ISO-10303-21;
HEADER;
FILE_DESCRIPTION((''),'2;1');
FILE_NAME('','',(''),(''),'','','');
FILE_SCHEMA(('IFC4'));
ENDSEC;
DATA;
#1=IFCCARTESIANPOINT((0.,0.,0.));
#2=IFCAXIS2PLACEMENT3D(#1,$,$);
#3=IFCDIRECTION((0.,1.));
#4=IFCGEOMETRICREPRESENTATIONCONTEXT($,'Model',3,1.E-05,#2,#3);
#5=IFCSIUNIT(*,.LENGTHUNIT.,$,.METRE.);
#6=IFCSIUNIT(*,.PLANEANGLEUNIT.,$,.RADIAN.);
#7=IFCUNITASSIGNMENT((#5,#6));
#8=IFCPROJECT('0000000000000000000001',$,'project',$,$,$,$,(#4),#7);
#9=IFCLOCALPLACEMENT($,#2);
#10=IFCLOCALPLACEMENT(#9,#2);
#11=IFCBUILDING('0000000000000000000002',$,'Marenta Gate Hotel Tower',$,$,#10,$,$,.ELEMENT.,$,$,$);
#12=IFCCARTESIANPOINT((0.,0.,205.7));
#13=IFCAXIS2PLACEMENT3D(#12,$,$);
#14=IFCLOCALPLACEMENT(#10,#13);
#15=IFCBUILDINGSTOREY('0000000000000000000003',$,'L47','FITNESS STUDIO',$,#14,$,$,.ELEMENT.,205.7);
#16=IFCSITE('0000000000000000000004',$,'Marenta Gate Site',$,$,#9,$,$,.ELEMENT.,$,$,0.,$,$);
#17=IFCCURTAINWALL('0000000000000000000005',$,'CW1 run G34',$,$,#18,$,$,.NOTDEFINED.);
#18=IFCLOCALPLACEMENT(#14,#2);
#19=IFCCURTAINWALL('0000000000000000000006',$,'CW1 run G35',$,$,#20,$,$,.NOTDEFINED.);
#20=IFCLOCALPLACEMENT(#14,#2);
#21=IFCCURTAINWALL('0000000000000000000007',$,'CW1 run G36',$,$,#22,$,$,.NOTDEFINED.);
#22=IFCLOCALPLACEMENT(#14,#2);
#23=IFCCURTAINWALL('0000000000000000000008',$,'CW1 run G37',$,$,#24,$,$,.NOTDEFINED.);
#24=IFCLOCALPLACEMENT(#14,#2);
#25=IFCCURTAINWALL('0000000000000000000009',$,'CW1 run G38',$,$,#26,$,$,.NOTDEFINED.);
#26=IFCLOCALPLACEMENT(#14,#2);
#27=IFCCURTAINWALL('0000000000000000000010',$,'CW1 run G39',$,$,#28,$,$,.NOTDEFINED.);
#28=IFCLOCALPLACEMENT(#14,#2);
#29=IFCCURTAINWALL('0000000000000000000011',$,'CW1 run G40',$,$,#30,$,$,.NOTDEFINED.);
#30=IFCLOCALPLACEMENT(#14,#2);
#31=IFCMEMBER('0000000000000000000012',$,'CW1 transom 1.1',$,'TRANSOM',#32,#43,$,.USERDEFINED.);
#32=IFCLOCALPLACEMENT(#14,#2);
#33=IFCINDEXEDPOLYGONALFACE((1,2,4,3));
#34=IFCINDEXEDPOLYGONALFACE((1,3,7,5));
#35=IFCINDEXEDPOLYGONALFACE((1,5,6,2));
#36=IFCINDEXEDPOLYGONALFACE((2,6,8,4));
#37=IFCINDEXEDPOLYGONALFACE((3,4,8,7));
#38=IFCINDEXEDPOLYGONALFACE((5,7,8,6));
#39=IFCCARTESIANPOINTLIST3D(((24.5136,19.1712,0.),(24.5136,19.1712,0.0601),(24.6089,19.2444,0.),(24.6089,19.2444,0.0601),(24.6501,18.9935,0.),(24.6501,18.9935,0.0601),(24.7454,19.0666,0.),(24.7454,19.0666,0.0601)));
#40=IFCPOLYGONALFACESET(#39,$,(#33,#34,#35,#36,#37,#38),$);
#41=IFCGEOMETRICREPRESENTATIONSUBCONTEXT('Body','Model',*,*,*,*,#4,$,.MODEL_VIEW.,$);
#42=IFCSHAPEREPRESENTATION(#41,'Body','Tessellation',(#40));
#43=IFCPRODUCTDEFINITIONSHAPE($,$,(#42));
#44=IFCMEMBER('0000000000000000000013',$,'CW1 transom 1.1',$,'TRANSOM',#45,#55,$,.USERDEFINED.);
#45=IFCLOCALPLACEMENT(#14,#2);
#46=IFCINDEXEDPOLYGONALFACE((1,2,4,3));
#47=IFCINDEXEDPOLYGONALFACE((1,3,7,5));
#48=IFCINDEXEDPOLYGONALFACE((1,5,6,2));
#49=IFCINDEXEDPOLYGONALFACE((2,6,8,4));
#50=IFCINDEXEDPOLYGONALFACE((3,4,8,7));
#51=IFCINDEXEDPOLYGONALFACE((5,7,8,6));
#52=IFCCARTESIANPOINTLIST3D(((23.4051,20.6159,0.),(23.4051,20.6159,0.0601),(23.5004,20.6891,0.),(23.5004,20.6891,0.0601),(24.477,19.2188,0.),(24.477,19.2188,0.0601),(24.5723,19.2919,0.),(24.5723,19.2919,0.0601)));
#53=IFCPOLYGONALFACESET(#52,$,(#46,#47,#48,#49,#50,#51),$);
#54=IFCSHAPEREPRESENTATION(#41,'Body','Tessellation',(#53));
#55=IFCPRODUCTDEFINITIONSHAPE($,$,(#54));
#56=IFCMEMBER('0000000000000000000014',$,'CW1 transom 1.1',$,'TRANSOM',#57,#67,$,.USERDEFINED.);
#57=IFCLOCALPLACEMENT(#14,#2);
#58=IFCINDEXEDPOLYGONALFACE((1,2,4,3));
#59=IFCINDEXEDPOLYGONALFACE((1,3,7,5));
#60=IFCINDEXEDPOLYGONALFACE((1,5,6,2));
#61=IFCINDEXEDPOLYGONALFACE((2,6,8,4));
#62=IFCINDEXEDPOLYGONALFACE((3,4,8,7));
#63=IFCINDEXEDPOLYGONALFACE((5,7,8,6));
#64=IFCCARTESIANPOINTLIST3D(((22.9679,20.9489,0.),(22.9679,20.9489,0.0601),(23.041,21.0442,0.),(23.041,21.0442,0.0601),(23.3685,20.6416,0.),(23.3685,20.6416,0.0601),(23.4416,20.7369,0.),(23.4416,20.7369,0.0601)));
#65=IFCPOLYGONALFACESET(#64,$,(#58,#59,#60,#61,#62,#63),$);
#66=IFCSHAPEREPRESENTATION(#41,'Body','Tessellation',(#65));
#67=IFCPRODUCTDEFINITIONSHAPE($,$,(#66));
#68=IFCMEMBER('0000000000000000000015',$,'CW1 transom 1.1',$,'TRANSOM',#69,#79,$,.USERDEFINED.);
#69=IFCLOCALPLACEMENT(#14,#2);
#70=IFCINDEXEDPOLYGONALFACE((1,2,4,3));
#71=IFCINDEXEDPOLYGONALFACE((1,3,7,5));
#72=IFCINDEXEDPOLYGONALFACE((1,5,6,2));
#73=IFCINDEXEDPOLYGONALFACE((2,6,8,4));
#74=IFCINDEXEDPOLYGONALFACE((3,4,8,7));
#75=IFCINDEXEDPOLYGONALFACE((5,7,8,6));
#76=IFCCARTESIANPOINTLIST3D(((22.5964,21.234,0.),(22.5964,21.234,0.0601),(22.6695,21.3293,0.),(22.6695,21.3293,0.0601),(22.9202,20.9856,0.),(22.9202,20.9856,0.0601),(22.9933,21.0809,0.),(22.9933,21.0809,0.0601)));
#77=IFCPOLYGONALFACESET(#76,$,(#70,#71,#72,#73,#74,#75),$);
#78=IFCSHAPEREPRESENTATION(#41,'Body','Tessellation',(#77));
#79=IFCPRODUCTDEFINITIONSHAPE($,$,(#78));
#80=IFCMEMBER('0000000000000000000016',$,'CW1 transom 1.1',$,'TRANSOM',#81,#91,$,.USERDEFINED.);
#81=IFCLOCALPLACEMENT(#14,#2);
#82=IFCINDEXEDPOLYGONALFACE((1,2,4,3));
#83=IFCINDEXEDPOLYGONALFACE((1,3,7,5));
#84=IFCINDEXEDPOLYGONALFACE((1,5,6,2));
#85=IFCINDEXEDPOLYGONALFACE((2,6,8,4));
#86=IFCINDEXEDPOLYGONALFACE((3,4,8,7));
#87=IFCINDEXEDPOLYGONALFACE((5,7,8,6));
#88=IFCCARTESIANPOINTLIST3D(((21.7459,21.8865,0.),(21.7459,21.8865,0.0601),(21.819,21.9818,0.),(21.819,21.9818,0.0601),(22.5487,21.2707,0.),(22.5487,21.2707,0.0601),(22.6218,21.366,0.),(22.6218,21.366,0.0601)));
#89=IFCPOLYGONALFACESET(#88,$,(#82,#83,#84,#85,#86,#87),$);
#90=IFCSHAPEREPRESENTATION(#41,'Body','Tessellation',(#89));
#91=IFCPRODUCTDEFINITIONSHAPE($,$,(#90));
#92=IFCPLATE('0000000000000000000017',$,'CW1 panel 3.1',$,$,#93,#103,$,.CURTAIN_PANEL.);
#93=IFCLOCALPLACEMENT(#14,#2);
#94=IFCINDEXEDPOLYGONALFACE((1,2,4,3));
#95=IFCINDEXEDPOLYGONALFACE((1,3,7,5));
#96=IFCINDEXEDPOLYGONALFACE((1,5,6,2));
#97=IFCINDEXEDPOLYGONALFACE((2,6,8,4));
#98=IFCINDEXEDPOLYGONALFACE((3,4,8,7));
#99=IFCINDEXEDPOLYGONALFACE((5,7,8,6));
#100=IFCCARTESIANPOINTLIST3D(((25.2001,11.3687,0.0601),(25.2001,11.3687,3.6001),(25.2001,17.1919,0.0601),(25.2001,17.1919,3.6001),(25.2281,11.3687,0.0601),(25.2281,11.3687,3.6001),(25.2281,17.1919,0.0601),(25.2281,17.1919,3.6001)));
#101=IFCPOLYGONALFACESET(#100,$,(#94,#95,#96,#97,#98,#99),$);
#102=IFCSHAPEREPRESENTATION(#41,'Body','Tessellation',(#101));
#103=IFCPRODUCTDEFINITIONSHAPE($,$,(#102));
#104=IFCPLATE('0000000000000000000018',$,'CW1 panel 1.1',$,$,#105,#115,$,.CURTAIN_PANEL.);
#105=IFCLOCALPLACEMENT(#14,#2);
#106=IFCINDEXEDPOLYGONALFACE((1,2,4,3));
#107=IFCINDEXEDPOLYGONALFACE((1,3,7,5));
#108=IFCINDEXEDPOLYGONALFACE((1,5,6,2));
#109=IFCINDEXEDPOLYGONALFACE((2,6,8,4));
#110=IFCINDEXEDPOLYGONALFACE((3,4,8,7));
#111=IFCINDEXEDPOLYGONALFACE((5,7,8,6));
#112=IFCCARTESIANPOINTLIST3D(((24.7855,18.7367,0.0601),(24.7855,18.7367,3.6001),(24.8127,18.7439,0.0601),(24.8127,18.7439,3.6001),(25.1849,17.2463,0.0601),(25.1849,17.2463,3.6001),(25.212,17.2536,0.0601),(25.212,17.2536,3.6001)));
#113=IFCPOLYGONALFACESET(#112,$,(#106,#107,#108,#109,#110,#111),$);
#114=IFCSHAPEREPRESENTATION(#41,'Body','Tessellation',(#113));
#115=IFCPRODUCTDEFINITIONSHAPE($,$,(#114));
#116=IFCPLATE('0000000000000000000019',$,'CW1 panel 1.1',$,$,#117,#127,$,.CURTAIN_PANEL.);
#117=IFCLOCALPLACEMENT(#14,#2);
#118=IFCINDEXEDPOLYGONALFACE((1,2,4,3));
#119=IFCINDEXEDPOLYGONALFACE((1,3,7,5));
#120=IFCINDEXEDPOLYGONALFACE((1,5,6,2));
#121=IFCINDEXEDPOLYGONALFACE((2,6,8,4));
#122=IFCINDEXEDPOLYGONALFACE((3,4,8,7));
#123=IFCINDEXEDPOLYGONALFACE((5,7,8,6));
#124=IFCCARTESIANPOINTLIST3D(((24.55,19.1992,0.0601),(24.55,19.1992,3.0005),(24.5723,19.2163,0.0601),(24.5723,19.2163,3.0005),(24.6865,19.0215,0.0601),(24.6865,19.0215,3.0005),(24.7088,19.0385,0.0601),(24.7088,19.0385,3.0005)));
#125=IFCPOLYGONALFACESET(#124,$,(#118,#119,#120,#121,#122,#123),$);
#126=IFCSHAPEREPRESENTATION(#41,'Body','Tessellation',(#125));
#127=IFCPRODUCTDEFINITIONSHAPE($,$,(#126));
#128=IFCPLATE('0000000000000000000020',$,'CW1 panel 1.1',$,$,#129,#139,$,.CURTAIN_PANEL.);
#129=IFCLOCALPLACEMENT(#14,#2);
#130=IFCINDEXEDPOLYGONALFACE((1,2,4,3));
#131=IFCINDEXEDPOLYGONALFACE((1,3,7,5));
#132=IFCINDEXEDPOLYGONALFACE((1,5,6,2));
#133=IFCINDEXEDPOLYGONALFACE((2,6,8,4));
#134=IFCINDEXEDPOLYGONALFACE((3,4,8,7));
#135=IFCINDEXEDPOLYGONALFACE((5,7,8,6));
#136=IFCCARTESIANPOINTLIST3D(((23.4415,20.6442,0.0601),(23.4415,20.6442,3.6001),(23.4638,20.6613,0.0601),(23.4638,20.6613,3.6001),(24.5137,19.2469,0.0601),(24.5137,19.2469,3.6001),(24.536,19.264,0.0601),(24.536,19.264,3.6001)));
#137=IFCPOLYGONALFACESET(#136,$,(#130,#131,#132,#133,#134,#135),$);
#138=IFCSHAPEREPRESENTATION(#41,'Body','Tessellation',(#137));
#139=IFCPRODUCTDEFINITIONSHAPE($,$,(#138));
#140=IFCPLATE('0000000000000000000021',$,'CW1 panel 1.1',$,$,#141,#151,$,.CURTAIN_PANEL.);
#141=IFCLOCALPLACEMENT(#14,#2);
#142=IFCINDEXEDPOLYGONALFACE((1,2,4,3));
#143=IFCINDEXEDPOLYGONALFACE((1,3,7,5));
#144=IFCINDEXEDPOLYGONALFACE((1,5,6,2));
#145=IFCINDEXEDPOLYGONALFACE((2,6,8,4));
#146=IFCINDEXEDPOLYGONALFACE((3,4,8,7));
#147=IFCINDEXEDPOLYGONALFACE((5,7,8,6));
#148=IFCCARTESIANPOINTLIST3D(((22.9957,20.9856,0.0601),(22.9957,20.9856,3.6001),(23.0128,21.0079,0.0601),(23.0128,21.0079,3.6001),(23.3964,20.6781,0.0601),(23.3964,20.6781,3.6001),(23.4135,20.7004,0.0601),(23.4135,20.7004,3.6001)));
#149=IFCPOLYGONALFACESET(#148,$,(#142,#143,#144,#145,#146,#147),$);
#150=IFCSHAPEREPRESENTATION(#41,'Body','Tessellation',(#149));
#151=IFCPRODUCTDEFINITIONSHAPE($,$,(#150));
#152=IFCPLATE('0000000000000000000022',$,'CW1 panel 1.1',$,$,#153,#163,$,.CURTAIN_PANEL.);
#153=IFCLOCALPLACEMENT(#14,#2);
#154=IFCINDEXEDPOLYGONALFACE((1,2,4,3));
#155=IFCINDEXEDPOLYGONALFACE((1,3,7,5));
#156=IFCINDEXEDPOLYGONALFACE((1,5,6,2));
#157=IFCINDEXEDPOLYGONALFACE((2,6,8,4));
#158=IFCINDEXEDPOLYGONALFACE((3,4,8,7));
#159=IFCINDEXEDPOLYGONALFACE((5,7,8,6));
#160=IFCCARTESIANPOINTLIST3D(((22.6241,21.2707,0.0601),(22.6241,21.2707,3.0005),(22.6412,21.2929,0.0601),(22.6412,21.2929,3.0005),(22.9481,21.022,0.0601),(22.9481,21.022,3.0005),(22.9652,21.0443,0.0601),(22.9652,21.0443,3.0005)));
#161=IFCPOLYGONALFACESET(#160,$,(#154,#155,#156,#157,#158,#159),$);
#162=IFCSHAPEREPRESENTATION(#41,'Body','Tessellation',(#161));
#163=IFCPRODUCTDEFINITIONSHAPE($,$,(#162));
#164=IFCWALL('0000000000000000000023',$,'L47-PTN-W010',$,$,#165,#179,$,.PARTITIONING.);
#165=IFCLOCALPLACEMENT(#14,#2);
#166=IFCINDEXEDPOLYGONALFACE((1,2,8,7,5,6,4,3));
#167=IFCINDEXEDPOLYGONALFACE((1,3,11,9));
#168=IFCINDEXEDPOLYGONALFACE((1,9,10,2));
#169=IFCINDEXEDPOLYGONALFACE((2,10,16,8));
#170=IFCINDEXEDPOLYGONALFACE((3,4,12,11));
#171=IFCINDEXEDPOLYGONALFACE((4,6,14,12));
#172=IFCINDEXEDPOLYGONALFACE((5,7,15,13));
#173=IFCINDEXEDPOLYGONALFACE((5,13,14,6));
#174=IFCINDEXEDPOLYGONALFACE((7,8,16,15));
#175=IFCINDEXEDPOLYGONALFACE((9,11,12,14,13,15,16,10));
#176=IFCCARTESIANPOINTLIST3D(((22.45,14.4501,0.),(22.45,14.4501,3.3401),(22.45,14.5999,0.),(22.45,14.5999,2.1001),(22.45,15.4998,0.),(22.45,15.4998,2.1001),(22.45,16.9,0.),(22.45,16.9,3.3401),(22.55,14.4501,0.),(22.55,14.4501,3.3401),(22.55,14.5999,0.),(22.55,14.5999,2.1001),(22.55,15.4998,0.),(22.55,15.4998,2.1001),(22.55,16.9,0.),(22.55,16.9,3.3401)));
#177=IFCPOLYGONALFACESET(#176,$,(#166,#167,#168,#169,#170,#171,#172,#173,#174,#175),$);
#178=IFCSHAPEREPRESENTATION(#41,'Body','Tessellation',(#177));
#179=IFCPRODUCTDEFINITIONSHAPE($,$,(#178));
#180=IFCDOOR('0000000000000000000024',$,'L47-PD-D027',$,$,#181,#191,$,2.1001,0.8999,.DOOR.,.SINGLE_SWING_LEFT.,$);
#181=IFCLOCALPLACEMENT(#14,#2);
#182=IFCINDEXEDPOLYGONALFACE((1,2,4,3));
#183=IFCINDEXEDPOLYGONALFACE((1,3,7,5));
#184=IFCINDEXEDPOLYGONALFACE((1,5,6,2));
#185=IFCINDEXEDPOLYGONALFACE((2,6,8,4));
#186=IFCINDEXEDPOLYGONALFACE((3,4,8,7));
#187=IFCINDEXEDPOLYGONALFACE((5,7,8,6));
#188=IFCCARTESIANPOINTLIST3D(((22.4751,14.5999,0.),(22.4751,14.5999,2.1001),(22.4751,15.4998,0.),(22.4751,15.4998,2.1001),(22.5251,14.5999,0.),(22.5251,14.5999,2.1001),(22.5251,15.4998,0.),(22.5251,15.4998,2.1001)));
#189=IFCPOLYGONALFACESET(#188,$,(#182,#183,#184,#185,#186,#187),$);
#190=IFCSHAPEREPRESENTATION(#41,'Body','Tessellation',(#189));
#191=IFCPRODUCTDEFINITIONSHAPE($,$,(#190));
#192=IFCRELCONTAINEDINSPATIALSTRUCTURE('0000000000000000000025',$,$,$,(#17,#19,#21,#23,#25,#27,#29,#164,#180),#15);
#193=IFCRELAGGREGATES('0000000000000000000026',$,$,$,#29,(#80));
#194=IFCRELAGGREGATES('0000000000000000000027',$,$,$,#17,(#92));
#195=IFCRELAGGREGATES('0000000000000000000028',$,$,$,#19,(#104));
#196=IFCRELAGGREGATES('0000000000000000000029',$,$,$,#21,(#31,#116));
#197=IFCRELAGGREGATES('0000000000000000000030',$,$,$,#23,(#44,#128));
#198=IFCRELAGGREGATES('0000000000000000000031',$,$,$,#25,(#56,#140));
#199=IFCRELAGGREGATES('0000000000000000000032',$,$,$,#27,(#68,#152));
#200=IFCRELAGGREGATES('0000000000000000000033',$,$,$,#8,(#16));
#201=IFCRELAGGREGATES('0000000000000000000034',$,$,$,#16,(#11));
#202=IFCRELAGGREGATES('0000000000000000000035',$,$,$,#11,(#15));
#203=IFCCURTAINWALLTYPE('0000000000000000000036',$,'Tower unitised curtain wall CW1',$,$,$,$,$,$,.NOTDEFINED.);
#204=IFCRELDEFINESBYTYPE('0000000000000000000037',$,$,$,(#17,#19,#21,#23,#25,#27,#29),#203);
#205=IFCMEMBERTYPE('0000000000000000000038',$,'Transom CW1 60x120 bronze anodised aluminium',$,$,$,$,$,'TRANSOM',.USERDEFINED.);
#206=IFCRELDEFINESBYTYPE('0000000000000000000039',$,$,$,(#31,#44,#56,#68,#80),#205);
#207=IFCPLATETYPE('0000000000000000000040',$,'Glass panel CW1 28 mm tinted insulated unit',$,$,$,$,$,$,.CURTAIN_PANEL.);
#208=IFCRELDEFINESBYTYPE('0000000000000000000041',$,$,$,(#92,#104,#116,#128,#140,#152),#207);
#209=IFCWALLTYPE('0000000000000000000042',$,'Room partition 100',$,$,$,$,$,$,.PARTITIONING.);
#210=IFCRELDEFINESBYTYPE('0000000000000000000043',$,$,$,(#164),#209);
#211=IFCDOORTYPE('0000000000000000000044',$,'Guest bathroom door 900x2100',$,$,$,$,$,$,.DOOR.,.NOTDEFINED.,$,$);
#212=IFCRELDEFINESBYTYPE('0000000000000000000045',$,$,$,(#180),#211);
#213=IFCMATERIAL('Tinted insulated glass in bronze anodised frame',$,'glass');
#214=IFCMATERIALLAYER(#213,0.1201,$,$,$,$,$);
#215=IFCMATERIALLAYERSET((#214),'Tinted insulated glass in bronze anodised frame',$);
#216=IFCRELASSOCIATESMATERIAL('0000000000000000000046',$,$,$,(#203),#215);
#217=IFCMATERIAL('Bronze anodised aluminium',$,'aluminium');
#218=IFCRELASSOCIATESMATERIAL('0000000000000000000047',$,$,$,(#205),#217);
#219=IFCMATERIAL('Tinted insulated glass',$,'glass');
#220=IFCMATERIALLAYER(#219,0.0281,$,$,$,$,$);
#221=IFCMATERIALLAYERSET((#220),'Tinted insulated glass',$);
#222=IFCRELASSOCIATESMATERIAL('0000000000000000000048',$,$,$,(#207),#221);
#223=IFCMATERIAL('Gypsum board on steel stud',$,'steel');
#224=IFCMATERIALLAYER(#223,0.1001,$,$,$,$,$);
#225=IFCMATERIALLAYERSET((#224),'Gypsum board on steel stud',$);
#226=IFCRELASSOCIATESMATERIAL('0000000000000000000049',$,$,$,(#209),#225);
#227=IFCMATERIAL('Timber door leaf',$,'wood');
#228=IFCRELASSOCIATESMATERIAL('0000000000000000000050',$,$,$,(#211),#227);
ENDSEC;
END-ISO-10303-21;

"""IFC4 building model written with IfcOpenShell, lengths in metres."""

from ifc_helpers import new_model, si_unit, direction, frame, frame_2d, origin, origin_2d, place, context, subcontext, project, spatial, rectangle, extrude, material, layer, layer_set, material_profile, profile_set, type_object, element, fill, aggregate, save


model = new_model("IFC4")

# Units and contexts
model_context = context("Model", 3, precision=1e-05, world=origin(), true_north=direction((0.0, 1.0)))
body_context = subcontext(model_context, "Body", "Model", "MODEL_VIEW")
ifc_project = project(units=[si_unit("LENGTHUNIT", "METRE"), si_unit("PLANEANGLEUNIT", "RADIAN")], contexts=[model_context])

# Site, building, storey
site_placement = place(None, origin())
site = spatial("IfcSite", under=ifc_project, at=site_placement, Name="Marenta Gate Site", CompositionType="ELEMENT", RefElevation=0.0)
building_placement = place(site_placement, origin())
building = spatial("IfcBuilding", under=site, at=building_placement, Name="Marenta Gate Hotel Tower", CompositionType="ELEMENT")
storey_placement = place(building_placement, frame((0.0, 0.0, 205.7)))
storey = spatial("IfcBuildingStorey", under=building, at=storey_placement, Name="L47", Description="FITNESS STUDIO", CompositionType="ELEMENT", Elevation=205.7)

# Curtain wall
ifc_material_1 = material(Name="Tinted insulated glass in bronze anodised frame", Category="glass")
ifc_layer_1 = layer(ifc_material_1, 0.1201)
ifc_layer_set_1 = layer_set([ifc_layer_1], Name="Tinted insulated glass in bronze anodised frame")
curtain_wall_type = type_object("IfcCurtainWallType", Name="Tower unitised curtain wall CW1", PredefinedType="NOTDEFINED", material=ifc_layer_set_1)
curtain_wall_1_placement = place(storey_placement, origin())
curtain_wall_1 = element("IfcCurtainWall", 1, at=curtain_wall_1_placement, inside=storey, type_object=curtain_wall_type, Name="CW1 run G34", PredefinedType="NOTDEFINED")

# Curtain wall
curtain_wall_2_placement = place(storey_placement, origin())
curtain_wall_2 = element("IfcCurtainWall", 2, at=curtain_wall_2_placement, inside=storey, type_object=curtain_wall_type, Name="CW1 run G35", PredefinedType="NOTDEFINED")

# Curtain walls
curtain_wall_3_placement = place(storey_placement, origin())
curtain_wall_3 = element("IfcCurtainWall", 3, at=curtain_wall_3_placement, inside=storey, type_object=curtain_wall_type, Name="CW1 run G36", PredefinedType="NOTDEFINED")
curtain_wall_4_placement = place(storey_placement, origin())
curtain_wall_4 = element("IfcCurtainWall", 4, at=curtain_wall_4_placement, inside=storey, type_object=curtain_wall_type, Name="CW1 run G37", PredefinedType="NOTDEFINED")
curtain_wall_5_placement = place(storey_placement, origin())
curtain_wall_5 = element("IfcCurtainWall", 5, at=curtain_wall_5_placement, inside=storey, type_object=curtain_wall_type, Name="CW1 run G38", PredefinedType="NOTDEFINED")
curtain_wall_6_placement = place(storey_placement, origin())
curtain_wall_6 = element("IfcCurtainWall", 6, at=curtain_wall_6_placement, inside=storey, type_object=curtain_wall_type, Name="CW1 run G39", PredefinedType="NOTDEFINED")
curtain_wall_7_placement = place(storey_placement, origin())
curtain_wall_7 = element("IfcCurtainWall", 7, at=curtain_wall_7_placement, inside=storey, type_object=curtain_wall_type, Name="CW1 run G40", PredefinedType="NOTDEFINED")

# Members
ifc_material_2 = material(Name="Bronze anodised aluminium", Category="aluminium")
ifc_material_profile_1 = material_profile(ifc_material_2, rectangle(XDim=0.1201, YDim=0.0601, at=origin_2d()), Name="Transom CW1 60x120 bronze anodised aluminium")
ifc_profile_set_1 = profile_set([ifc_material_profile_1], Name="Bronze anodised aluminium")
member_type_1 = type_object("IfcMemberType", Name="Transom CW1 60x120 bronze anodised aluminium", ElementType="TRANSOM", PredefinedType="USERDEFINED", material=ifc_profile_set_1)
member_1_placement = place(storey_placement, frame((24.6978, 19.03, 0.03), z_axis=(-0.609026, 0.79315, 0.0), x_axis=(-0.79315, -0.609026, 0.0)))
member_1 = element("IfcMember", 8, at=member_1_placement, type_object=member_type_1, Name="CW1 transom 1.1", ObjectType="TRANSOM", PredefinedType="USERDEFINED", context=body_context, shape_type="SweptSolid", body=[
    extrude(rectangle(XDim=0.1201, YDim=0.0601, at=origin_2d()), origin(), (0.0, 0.0, 1.0), 0.2241),
])
member_2_placement = place(storey_placement, frame((24.5247, 19.2554, 0.03), z_axis=(-0.608725, 0.793381, 0.0), x_axis=(-0.793381, -0.608725, 0.0)))
member_2 = element("IfcMember", 9, at=member_2_placement, type_object=member_type_1, Name="CW1 transom 1.1", ObjectType="TRANSOM", PredefinedType="USERDEFINED", context=body_context, shape_type="SweptSolid", body=[
    extrude(rectangle(XDim=0.1201, YDim=0.0601, at=origin_2d()), origin(), (0.0, 0.0, 1.0), 1.761),
])
member_3_placement = place(storey_placement, frame((23.405, 20.6892, 0.03), z_axis=(-0.793396, 0.608706, 0.0), x_axis=(-0.608706, -0.793396, 0.0)))
member_3 = element("IfcMember", 10, at=member_3_placement, type_object=member_type_1, Name="CW1 transom 1.1", ObjectType="TRANSOM", PredefinedType="USERDEFINED", context=body_context, shape_type="SweptSolid", body=[
    extrude(rectangle(XDim=0.1201, YDim=0.0601, at=origin_2d()), origin(), (0.0, 0.0, 1.0), 0.5049),
])
member_4_placement = place(storey_placement, frame((22.9568, 21.0332, 0.03), z_axis=(-0.793423, 0.60867, 0.0), x_axis=(-0.60867, -0.793423, 0.0)))
member_4 = element("IfcMember", 11, at=member_4_placement, type_object=member_type_1, Name="CW1 transom 1.1", ObjectType="TRANSOM", PredefinedType="USERDEFINED", context=body_context, shape_type="SweptSolid", body=[
    extrude(rectangle(XDim=0.1201, YDim=0.0601, at=origin_2d()), origin(), (0.0, 0.0, 1.0), 0.4082),
])
member_5_placement = place(storey_placement, frame((22.5852, 21.3184, 0.03), z_axis=(-0.793467, 0.608614, 0.0), x_axis=(-0.608614, -0.793467, 0.0)))
member_5 = element("IfcMember", 12, at=member_5_placement, type_object=member_type_1, Name="CW1 transom 1.1", ObjectType="TRANSOM", PredefinedType="USERDEFINED", context=body_context, shape_type="SweptSolid", body=[
    extrude(rectangle(XDim=0.1201, YDim=0.0601, at=origin_2d()), origin(), (0.0, 0.0, 1.0), 1.0117),
])
aggregate(curtain_wall_7, [member_5])

# Plates
ifc_material_3 = material(Name="Tinted insulated glass", Category="glass")
ifc_layer_2 = layer(ifc_material_3, 0.0281)
ifc_layer_set_2 = layer_set([ifc_layer_2], Name="Tinted insulated glass")
plate_type = type_object("IfcPlateType", Name="Glass panel CW1 28 mm tinted insulated unit", PredefinedType="CURTAIN_PANEL", material=ifc_layer_set_2)
plate_1_placement = place(storey_placement, frame((25.2141, 14.2803, 0.0601), z_axis=(0.0, 0.0, 1.0), x_axis=(0.0, 1.0, 0.0)))
plate_1 = element("IfcPlate", 13, at=plate_1_placement, type_object=plate_type, Name="CW1 panel 3.1", PredefinedType="CURTAIN_PANEL", context=body_context, shape_type="SweptSolid", body=[
    extrude(rectangle(XDim=5.8232, YDim=0.0281, at=origin_2d()), origin(), (0.0, 0.0, 1.0), 3.54),
])
aggregate(curtain_wall_1, [plate_1])
plate_2_placement = place(storey_placement, frame((24.9988, 17.9951, 0.0601), z_axis=(0.0, 0.0, 1.0), x_axis=(-0.25883, 0.965923, 0.0)))
plate_2 = element("IfcPlate", 14, at=plate_2_placement, type_object=plate_type, Name="CW1 panel 1.1", PredefinedType="CURTAIN_PANEL", context=body_context, shape_type="SweptSolid", body=[
    extrude(rectangle(XDim=1.543, YDim=0.0281, at=origin_2d()), origin(), (0.0, 0.0, 1.0), 3.54),
])
aggregate(curtain_wall_2, [plate_2])
plate_3_placement = place(storey_placement, frame((24.6294, 19.1189, 0.0601), z_axis=(0.0, 0.0, 1.0), x_axis=(-0.608808, 0.793317, 0.0)))
plate_3 = element("IfcPlate", 15, at=plate_3_placement, type_object=plate_type, Name="CW1 panel 1.1", PredefinedType="CURTAIN_PANEL", context=body_context, shape_type="SweptSolid", body=[
    extrude(rectangle(XDim=0.2241, YDim=0.0281, at=origin_2d()), origin(), (0.0, 0.0, 1.0), 2.9404),
])
aggregate(curtain_wall_3, [member_1, plate_3])
plate_4_placement = place(storey_placement, frame((23.9888, 19.9541, 0.0601), z_axis=(0.0, 0.0, 1.0), x_axis=(-0.608784, 0.793336, 0.0)))
plate_4 = element("IfcPlate", 16, at=plate_4_placement, type_object=plate_type, Name="CW1 panel 1.1", PredefinedType="CURTAIN_PANEL", context=body_context, shape_type="SweptSolid", body=[
    extrude(rectangle(XDim=1.7612, YDim=0.0281, at=origin_2d()), origin(), (0.0, 0.0, 1.0), 3.54),
])
aggregate(curtain_wall_4, [member_2, plate_4])
plate_5_placement = place(storey_placement, frame((23.2046, 20.843, 0.0601), z_axis=(0.0, 0.0, 1.0), x_axis=(-0.793347, 0.60877, 0.0)))
plate_5 = element("IfcPlate", 17, at=plate_5_placement, type_object=plate_type, Name="CW1 panel 1.1", PredefinedType="CURTAIN_PANEL", context=body_context, shape_type="SweptSolid", body=[
    extrude(rectangle(XDim=0.5051, YDim=0.0281, at=origin_2d()), origin(), (0.0, 0.0, 1.0), 3.54),
])
aggregate(curtain_wall_5, [member_3, plate_5])
plate_6_placement = place(storey_placement, frame((22.7947, 21.1575, 0.0601), z_axis=(0.0, 0.0, 1.0), x_axis=(-0.79329, 0.608844, 0.0)))
plate_6 = element("IfcPlate", 18, at=plate_6_placement, type_object=plate_type, Name="CW1 panel 1.1", PredefinedType="CURTAIN_PANEL", context=body_context, shape_type="SweptSolid", body=[
    extrude(rectangle(XDim=0.4084, YDim=0.0281, at=origin_2d()), origin(), (0.0, 0.0, 1.0), 2.9404),
])
aggregate(curtain_wall_6, [member_4, plate_6])

# Wall, opening, door
ifc_material_4 = material(Name="Gypsum board on steel stud", Category="steel")
ifc_layer_3 = layer(ifc_material_4, 0.1001)
ifc_layer_set_3 = layer_set([ifc_layer_3], Name="Gypsum board on steel stud")
wall_type = type_object("IfcWallType", Name="Room partition 100", PredefinedType="PARTITIONING", material=ifc_layer_set_3)
wall_placement = place(storey_placement, frame((22.5, 14.45, 0.0), z_axis=(0.0, 0.0, 1.0), x_axis=(0.0, 1.0, 0.0)))
wall = element("IfcWall", 19, at=wall_placement, inside=storey, type_object=wall_type, Name="L47-PTN-W010", PredefinedType="PARTITIONING", context=body_context, shape_type="SweptSolid", body=[
    extrude(rectangle(XDim=2.45, YDim=0.1001, at=frame_2d((1.2251, 0.0))), origin(), (0.0, 0.0, 1.0), 3.3401),
])
opening_placement = place(wall_placement, frame((0.1499, 0.0, 0.0)))
opening = element("IfcOpeningElement", 20, at=opening_placement, cuts=wall, PredefinedType="OPENING", context=body_context, shape_type="SweptSolid", body=[
    extrude(rectangle(XDim=0.8999, YDim=2.1001, at=frame_2d((0.45, 1.05))), frame((0.0, 0.05, 0.0), z_axis=(0.0, -1.0, 0.0), x_axis=(1.0, 0.0, 0.0)), (0.0, 0.0, 1.0), 0.1001),
])
ifc_material_5 = material(Name="Timber door leaf", Category="wood")
door_type = type_object("IfcDoorType", Name="Guest bathroom door 900x2100", OperationType="NOTDEFINED", PredefinedType="DOOR", material=ifc_material_5)
door_placement = place(opening_placement, origin())
door = element("IfcDoor", 21, at=door_placement, inside=storey, type_object=door_type, Name="L47-PD-D027", OperationType="SINGLE_SWING_LEFT", OverallHeight=2.1001, OverallWidth=0.8999, PredefinedType="DOOR", context=body_context, shape_type="SweptSolid", body=[
    extrude(rectangle(XDim=0.8999, YDim=2.1001, at=frame_2d((0.45, 1.05))), frame((0.0, 0.0249, 0.0), z_axis=(0.0, -1.0, 0.0), x_axis=(1.0, 0.0, 0.0)), (0.0, 0.0, 1.0), 0.05),
])
fill(opening, door)

save(model, "model.ifc")
